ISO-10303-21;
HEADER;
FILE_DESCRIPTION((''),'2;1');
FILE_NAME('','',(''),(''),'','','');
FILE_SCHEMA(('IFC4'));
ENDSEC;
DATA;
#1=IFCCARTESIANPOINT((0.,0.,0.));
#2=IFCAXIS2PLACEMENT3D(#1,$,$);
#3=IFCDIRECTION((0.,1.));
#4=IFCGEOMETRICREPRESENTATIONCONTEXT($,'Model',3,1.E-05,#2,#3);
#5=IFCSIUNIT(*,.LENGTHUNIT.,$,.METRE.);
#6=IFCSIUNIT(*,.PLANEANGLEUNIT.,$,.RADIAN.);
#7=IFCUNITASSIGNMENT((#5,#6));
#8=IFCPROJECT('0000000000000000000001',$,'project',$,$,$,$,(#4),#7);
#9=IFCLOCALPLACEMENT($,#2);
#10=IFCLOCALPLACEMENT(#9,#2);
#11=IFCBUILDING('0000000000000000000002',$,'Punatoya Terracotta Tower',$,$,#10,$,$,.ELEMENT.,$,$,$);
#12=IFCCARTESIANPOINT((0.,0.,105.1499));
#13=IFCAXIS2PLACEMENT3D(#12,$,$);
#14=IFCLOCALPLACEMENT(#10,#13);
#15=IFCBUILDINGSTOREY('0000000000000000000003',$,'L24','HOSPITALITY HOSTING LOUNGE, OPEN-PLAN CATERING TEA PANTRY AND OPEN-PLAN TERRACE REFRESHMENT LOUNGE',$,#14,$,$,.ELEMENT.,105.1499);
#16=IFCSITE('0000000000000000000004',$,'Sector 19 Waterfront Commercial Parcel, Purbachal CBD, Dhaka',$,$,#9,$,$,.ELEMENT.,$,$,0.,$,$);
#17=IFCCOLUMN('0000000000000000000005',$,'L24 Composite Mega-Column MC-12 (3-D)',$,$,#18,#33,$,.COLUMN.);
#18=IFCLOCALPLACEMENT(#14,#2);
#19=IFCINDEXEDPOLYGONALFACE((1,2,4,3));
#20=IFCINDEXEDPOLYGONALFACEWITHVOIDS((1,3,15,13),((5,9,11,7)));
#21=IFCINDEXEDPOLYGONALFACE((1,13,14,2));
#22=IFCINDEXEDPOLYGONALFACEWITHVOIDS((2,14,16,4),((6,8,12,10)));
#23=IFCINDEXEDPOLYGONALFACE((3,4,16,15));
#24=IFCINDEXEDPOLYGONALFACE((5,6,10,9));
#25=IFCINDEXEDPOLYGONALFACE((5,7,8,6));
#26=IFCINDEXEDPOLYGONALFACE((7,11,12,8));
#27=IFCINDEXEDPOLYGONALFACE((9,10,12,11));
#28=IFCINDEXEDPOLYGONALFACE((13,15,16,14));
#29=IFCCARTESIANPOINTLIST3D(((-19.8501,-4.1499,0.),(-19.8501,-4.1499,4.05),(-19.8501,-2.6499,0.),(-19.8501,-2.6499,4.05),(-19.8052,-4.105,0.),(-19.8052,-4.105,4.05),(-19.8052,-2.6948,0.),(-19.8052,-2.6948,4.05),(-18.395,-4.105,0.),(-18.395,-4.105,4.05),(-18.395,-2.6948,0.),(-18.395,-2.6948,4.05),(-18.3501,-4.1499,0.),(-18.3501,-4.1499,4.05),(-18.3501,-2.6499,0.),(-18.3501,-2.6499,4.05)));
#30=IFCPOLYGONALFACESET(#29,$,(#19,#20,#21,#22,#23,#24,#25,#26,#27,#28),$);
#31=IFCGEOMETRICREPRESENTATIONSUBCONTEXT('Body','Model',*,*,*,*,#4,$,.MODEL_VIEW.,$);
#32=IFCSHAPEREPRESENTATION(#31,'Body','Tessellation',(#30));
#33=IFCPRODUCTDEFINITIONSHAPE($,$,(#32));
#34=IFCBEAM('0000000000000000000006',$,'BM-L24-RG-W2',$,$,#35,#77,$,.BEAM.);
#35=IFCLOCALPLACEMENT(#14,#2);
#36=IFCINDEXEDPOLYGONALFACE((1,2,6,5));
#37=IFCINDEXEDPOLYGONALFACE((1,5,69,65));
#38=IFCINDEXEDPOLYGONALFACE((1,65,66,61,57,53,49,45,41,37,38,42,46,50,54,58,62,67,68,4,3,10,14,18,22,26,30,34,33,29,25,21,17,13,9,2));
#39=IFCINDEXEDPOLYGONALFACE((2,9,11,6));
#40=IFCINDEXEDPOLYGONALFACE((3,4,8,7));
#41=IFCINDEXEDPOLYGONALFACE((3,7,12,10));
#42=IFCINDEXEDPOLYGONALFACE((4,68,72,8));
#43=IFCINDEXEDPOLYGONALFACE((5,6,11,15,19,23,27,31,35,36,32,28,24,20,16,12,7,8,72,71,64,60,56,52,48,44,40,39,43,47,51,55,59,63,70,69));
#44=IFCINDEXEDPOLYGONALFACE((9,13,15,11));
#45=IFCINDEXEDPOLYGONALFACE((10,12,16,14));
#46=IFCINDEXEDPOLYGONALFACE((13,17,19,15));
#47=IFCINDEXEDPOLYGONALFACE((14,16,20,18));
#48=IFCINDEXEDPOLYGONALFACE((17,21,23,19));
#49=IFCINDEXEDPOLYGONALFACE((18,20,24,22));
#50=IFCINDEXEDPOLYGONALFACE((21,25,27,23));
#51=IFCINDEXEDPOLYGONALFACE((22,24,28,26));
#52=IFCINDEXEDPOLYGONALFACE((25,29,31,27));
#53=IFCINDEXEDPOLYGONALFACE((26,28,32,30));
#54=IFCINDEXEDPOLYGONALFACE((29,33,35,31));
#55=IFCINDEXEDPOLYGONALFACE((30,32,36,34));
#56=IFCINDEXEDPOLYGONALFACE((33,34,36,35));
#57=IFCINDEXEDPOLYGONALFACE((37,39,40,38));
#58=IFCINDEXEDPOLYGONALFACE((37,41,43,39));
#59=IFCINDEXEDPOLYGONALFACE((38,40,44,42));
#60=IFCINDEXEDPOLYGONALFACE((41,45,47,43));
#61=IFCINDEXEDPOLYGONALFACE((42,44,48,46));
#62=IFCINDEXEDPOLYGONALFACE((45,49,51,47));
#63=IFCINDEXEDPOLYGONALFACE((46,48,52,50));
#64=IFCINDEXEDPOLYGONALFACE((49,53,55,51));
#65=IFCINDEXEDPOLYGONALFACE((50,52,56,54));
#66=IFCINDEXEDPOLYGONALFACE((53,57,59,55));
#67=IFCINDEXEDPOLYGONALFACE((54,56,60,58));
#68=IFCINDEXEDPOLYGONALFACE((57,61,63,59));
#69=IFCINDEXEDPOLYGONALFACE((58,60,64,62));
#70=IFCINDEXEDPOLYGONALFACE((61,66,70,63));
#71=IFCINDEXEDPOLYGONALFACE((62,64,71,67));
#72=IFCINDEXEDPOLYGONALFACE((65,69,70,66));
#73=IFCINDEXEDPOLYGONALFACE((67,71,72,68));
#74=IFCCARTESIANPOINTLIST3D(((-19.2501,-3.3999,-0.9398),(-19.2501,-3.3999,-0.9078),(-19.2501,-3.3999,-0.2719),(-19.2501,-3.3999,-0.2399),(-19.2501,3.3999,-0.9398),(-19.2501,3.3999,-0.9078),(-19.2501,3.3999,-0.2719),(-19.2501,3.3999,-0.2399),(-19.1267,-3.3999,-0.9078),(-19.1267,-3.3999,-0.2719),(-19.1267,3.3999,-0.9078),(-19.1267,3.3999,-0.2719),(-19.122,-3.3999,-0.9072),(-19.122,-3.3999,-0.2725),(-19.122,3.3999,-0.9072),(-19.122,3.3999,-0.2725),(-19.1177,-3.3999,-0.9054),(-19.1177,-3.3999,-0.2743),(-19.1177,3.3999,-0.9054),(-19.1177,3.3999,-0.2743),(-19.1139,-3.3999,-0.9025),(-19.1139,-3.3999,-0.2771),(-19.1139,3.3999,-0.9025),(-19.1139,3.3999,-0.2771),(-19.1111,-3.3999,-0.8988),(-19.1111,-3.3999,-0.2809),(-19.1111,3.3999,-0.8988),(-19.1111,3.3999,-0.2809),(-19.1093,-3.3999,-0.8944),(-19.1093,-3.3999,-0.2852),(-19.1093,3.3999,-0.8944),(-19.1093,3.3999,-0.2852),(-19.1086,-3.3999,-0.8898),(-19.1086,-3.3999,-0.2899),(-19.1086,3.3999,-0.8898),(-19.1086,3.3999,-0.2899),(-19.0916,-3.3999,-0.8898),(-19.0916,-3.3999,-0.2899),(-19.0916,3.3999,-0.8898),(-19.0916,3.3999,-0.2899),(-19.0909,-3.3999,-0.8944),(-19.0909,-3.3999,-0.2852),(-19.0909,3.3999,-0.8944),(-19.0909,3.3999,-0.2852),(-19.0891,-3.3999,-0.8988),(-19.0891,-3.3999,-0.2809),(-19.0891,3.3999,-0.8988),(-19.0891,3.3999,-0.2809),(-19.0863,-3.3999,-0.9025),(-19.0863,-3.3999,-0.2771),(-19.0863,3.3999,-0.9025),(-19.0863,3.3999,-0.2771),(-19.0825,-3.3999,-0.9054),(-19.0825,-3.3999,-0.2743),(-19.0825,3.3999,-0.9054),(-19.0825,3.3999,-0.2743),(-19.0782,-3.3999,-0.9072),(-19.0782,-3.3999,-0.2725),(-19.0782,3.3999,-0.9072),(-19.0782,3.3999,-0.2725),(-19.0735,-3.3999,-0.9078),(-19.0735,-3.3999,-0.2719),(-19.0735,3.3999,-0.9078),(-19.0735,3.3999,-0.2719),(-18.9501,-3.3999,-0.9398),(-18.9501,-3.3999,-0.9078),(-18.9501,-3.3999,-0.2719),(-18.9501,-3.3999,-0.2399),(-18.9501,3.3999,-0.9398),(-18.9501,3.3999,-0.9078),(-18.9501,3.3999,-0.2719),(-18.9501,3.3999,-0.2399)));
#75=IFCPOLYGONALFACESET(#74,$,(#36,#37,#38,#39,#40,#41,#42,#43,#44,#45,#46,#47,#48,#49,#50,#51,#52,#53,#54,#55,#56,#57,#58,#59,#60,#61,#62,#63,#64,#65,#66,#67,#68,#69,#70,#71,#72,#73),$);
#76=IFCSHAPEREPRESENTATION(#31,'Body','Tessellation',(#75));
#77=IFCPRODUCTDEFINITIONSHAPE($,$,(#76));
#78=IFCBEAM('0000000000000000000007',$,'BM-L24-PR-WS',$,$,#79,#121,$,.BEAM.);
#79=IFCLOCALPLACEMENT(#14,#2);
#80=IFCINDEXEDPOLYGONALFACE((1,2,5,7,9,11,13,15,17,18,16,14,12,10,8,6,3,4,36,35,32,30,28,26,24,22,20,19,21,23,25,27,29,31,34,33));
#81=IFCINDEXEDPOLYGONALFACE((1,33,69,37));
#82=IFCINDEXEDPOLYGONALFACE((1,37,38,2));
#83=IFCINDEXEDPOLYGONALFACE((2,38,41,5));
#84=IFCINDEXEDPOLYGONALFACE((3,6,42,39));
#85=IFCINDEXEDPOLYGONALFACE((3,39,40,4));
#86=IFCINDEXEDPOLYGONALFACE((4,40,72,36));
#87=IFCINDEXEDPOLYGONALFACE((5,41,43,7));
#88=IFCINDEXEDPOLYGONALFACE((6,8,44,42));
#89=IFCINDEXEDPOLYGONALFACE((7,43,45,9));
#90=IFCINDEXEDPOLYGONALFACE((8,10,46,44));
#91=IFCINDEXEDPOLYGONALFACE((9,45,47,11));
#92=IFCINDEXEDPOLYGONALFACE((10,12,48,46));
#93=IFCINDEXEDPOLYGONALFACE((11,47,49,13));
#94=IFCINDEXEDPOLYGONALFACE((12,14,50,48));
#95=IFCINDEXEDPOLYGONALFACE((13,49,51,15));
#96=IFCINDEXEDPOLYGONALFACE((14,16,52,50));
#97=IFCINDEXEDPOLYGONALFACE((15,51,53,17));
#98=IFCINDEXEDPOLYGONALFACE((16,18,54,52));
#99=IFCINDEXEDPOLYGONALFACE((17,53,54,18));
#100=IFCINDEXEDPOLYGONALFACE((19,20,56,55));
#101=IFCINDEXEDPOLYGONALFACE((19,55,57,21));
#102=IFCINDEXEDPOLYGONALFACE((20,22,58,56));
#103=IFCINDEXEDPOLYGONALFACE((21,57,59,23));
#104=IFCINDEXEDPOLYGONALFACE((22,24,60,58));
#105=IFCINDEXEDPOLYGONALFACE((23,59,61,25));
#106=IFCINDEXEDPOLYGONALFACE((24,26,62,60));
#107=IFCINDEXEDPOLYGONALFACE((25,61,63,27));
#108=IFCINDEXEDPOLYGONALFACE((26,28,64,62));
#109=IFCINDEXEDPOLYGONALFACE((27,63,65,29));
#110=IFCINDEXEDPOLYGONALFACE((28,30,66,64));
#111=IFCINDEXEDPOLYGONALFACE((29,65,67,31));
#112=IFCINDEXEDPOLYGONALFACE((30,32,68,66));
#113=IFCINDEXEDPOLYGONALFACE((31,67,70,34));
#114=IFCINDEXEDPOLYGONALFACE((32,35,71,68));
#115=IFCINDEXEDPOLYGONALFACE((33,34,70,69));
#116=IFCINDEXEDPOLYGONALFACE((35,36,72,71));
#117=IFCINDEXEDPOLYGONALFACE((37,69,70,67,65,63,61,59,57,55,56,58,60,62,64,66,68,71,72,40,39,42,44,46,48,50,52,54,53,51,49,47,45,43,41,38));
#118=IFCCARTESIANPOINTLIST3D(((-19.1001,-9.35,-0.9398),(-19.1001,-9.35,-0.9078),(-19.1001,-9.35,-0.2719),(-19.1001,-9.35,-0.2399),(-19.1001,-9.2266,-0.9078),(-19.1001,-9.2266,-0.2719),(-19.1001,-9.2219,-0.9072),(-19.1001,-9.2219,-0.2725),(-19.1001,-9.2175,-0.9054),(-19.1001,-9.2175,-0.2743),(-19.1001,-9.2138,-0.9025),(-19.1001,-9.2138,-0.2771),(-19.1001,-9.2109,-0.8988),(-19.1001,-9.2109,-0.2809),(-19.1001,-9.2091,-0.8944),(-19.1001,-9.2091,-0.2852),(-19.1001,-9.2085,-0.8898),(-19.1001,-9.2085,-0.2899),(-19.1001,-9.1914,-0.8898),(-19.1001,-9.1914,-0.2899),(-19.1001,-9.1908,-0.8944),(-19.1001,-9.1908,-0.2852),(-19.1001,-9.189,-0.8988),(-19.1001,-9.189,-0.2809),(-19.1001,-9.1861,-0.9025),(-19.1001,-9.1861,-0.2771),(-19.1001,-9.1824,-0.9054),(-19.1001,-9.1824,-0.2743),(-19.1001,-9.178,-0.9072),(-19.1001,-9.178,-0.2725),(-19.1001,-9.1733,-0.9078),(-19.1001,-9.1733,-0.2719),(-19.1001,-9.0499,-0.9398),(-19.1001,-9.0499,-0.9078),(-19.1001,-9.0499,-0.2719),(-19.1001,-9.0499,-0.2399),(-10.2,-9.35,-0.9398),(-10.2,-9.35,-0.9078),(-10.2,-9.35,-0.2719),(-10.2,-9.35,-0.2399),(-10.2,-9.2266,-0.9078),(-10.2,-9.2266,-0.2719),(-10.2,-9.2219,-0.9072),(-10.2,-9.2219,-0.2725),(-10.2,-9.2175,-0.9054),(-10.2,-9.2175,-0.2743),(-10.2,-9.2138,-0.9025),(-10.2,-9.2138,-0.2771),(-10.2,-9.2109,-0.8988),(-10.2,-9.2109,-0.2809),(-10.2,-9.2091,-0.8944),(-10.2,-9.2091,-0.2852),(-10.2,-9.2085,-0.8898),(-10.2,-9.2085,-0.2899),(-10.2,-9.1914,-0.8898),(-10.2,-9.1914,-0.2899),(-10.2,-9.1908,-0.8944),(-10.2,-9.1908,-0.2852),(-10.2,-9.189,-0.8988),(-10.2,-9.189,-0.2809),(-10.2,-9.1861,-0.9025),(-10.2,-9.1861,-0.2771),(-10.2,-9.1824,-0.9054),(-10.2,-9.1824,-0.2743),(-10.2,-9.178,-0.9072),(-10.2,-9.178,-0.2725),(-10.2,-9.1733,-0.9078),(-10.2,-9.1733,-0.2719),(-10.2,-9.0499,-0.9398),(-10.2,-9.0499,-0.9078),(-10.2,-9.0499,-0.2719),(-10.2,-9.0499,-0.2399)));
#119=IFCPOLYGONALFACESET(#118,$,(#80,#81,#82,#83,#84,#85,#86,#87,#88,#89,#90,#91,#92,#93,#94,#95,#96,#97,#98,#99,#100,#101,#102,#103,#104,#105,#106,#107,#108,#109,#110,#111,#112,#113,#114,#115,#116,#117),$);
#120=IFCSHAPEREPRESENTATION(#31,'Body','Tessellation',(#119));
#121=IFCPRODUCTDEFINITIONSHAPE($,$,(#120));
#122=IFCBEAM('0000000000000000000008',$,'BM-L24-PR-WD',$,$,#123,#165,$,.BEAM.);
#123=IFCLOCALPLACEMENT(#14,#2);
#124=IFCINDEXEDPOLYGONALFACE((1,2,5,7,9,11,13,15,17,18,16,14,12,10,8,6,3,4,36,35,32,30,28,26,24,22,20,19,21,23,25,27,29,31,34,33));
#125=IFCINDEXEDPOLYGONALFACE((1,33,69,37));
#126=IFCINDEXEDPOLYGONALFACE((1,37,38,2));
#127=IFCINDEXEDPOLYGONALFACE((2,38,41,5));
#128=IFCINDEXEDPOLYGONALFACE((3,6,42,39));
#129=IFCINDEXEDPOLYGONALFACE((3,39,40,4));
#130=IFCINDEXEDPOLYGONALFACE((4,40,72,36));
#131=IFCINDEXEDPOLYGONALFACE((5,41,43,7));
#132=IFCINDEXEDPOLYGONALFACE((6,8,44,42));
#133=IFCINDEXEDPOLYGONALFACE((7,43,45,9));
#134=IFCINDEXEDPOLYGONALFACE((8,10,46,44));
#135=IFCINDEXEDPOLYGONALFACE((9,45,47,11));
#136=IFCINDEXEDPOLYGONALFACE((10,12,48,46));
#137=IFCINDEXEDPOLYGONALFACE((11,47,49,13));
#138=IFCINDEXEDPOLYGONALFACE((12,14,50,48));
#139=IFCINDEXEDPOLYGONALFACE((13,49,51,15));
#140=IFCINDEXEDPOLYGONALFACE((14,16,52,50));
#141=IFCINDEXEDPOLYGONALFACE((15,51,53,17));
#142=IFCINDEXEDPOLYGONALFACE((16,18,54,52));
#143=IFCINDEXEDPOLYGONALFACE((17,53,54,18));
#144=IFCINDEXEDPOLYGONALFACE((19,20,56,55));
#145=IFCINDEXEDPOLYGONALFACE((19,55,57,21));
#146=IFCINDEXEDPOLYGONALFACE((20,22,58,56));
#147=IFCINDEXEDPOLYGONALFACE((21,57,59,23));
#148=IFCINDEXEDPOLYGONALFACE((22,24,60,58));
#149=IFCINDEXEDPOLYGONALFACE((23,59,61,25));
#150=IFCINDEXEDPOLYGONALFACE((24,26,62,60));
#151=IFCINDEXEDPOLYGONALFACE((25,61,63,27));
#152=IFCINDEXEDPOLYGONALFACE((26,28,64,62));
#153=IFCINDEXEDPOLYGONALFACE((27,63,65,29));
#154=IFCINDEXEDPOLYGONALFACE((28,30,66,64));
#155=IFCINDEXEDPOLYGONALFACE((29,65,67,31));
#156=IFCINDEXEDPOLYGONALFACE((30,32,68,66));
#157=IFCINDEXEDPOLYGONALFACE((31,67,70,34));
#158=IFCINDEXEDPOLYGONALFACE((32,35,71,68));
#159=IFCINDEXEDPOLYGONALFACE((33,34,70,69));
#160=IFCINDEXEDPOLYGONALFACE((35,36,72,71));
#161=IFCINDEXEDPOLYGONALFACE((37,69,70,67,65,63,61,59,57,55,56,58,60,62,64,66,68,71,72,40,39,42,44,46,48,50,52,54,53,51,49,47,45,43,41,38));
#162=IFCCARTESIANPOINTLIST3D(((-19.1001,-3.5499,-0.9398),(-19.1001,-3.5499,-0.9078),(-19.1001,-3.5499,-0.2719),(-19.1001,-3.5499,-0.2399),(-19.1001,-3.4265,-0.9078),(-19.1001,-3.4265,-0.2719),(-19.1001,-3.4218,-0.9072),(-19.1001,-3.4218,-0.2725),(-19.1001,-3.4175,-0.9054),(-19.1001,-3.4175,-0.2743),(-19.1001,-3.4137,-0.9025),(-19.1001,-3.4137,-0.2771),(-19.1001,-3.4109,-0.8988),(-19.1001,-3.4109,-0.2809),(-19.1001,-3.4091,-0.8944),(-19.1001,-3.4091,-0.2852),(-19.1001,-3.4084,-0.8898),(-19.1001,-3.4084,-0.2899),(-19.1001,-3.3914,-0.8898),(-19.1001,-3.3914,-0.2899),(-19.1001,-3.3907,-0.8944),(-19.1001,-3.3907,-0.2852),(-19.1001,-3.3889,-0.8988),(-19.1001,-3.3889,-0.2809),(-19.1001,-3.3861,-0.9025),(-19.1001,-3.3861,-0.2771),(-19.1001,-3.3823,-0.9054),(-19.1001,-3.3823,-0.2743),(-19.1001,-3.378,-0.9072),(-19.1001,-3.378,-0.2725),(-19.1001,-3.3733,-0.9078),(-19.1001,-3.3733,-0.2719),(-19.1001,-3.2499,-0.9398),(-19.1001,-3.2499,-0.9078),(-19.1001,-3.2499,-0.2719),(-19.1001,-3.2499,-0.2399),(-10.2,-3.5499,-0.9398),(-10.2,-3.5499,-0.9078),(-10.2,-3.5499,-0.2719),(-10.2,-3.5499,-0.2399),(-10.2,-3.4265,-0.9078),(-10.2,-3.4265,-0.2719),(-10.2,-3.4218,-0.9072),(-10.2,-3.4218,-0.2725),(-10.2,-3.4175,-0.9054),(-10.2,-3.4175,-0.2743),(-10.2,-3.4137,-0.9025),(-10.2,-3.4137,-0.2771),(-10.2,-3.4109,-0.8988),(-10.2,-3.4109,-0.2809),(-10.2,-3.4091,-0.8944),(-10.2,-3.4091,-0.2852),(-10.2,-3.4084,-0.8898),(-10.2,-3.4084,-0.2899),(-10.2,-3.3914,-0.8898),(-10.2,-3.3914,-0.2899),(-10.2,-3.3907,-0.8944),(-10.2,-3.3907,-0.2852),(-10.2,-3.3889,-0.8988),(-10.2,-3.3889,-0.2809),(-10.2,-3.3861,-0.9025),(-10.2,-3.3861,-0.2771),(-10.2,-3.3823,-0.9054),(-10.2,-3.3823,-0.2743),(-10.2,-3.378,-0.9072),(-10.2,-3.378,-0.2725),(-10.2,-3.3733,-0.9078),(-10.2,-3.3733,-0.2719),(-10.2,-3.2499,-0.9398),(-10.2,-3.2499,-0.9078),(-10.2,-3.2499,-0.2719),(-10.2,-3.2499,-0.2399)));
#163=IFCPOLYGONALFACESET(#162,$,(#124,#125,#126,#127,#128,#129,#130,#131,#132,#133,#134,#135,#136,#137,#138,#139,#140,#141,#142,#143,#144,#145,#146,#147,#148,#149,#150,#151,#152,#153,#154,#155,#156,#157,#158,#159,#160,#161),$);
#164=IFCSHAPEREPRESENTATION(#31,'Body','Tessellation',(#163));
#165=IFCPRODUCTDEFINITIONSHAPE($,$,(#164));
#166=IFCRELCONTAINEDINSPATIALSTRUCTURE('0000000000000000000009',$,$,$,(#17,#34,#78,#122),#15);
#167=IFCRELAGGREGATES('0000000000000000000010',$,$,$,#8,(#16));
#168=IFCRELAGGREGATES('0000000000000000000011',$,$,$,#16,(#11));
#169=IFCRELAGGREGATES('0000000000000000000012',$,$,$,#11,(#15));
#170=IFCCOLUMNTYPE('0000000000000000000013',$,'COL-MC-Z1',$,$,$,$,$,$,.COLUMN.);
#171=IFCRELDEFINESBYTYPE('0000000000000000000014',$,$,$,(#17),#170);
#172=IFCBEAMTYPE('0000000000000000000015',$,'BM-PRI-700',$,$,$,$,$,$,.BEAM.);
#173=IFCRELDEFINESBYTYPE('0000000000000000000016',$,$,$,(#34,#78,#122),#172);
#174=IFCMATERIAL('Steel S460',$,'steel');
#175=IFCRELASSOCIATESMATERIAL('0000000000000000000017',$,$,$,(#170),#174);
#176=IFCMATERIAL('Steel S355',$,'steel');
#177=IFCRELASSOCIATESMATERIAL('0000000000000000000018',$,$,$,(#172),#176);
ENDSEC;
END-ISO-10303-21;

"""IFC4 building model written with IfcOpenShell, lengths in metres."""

from ifc_helpers import new_model, si_unit, direction, frame, origin, origin_2d, place, context, subcontext, project, spatial, hollow_rectangle, i_section, extrude, material, material_profile, profile_set, type_object, element, save


model = new_model("IFC4")

# Units and contexts
model_context = context("Model", 3, precision=1e-05, world=origin(), true_north=direction((0.0, 1.0)))
body_context = subcontext(model_context, "Body", "Model", "MODEL_VIEW")
ifc_project = project(units=[si_unit("LENGTHUNIT", "METRE"), si_unit("PLANEANGLEUNIT", "RADIAN")], contexts=[model_context])

# Site, building, storey
site_placement = place(None, origin())
site = spatial("IfcSite", under=ifc_project, at=site_placement, Name="Sector 19 Waterfront Commercial Parcel, Purbachal CBD, Dhaka", CompositionType="ELEMENT", RefElevation=0.0)
building_placement = place(site_placement, origin())
building = spatial("IfcBuilding", under=site, at=building_placement, Name="Punatoya Terracotta Tower", CompositionType="ELEMENT")
storey_placement = place(building_placement, frame((0.0, 0.0, 105.1499)))
storey = spatial("IfcBuildingStorey", under=building, at=storey_placement, Name="L24", Description="HOSPITALITY HOSTING LOUNGE, OPEN-PLAN CATERING TEA PANTRY AND OPEN-PLAN TERRACE REFRESHMENT LOUNGE", CompositionType="ELEMENT", Elevation=105.1499)

# Column
ifc_material_1 = material(Name="Steel S460", Category="steel")
ifc_material_profile_1 = material_profile(ifc_material_1, hollow_rectangle(XDim=1.5, YDim=1.5, WallThickness=0.0449, at=origin_2d()))
ifc_profile_set_1 = profile_set([ifc_material_profile_1], Name="Steel S460")
column_type = type_object("IfcColumnType", Name="COL-MC-Z1", PredefinedType="COLUMN", material=ifc_profile_set_1)
column_placement = place(storey_placement, frame((-19.1001, -3.3999, 0.0), z_axis=(0.0, 0.0, 1.0), x_axis=(1.0, 0.0, 0.0)))
element("IfcColumn", 1, at=column_placement, inside=storey, type_object=column_type, Name="L24 Composite Mega-Column MC-12 (3-D)", PredefinedType="COLUMN", context=body_context, shape_type="SweptSolid", body=[
    extrude(hollow_rectangle(XDim=1.5, YDim=1.5, WallThickness=0.0449, at=origin_2d()), origin(), (0.0, 0.0, 1.0), 4.05),
])

# Beams
ifc_material_2 = material(Name="Steel S355", Category="steel")
ifc_material_profile_2 = material_profile(ifc_material_2, i_section(OverallWidth=0.3, OverallDepth=0.7, WebThickness=0.0171, FlangeThickness=0.032, FilletRadius=0.0181, at=origin_2d()))
ifc_profile_set_2 = profile_set([ifc_material_profile_2], Name="Steel S355")
beam_type_1 = type_object("IfcBeamType", Name="BM-PRI-700", PredefinedType="BEAM", material=ifc_profile_set_2)
beam_1_placement = place(storey_placement, frame((-19.1001, -3.3999, -0.5898), z_axis=(0.0, 1.0, 0.0), x_axis=(-1.0, 0.0, 0.0)))
element("IfcBeam", 2, at=beam_1_placement, inside=storey, type_object=beam_type_1, Name="BM-L24-RG-W2", PredefinedType="BEAM", context=body_context, shape_type="SweptSolid", body=[
    extrude(i_section(OverallWidth=0.3, OverallDepth=0.7, WebThickness=0.0171, FlangeThickness=0.032, FilletRadius=0.0181, at=origin_2d()), origin(), (0.0, 0.0, 1.0), 6.7998),
])
for number, where, z_axis, x_axis, name in (
    (3, (-19.1001, -9.2, -0.5898), (1.0, 0.0, 0.0), (0.0, 1.0, 0.0), "BM-L24-PR-WS"),
    (4, (-19.1001, -3.3999, -0.5898), (1.0, 0.0, 0.0), (0.0, 1.0, 0.0), "BM-L24-PR-WD"),
):
    element("IfcBeam", number, at=place(storey_placement, frame(where, z_axis=z_axis, x_axis=x_axis)), inside=storey, type_object=beam_type_1, Name=name, PredefinedType="BEAM", context=body_context, shape_type="SweptSolid", body=[
        extrude(i_section(OverallWidth=0.3, OverallDepth=0.7, WebThickness=0.0171, FlangeThickness=0.032, FilletRadius=0.0181, at=origin_2d()), origin(), (0.0, 0.0, 1.0), 8.9001),
    ])

save(model, "model.ifc")
